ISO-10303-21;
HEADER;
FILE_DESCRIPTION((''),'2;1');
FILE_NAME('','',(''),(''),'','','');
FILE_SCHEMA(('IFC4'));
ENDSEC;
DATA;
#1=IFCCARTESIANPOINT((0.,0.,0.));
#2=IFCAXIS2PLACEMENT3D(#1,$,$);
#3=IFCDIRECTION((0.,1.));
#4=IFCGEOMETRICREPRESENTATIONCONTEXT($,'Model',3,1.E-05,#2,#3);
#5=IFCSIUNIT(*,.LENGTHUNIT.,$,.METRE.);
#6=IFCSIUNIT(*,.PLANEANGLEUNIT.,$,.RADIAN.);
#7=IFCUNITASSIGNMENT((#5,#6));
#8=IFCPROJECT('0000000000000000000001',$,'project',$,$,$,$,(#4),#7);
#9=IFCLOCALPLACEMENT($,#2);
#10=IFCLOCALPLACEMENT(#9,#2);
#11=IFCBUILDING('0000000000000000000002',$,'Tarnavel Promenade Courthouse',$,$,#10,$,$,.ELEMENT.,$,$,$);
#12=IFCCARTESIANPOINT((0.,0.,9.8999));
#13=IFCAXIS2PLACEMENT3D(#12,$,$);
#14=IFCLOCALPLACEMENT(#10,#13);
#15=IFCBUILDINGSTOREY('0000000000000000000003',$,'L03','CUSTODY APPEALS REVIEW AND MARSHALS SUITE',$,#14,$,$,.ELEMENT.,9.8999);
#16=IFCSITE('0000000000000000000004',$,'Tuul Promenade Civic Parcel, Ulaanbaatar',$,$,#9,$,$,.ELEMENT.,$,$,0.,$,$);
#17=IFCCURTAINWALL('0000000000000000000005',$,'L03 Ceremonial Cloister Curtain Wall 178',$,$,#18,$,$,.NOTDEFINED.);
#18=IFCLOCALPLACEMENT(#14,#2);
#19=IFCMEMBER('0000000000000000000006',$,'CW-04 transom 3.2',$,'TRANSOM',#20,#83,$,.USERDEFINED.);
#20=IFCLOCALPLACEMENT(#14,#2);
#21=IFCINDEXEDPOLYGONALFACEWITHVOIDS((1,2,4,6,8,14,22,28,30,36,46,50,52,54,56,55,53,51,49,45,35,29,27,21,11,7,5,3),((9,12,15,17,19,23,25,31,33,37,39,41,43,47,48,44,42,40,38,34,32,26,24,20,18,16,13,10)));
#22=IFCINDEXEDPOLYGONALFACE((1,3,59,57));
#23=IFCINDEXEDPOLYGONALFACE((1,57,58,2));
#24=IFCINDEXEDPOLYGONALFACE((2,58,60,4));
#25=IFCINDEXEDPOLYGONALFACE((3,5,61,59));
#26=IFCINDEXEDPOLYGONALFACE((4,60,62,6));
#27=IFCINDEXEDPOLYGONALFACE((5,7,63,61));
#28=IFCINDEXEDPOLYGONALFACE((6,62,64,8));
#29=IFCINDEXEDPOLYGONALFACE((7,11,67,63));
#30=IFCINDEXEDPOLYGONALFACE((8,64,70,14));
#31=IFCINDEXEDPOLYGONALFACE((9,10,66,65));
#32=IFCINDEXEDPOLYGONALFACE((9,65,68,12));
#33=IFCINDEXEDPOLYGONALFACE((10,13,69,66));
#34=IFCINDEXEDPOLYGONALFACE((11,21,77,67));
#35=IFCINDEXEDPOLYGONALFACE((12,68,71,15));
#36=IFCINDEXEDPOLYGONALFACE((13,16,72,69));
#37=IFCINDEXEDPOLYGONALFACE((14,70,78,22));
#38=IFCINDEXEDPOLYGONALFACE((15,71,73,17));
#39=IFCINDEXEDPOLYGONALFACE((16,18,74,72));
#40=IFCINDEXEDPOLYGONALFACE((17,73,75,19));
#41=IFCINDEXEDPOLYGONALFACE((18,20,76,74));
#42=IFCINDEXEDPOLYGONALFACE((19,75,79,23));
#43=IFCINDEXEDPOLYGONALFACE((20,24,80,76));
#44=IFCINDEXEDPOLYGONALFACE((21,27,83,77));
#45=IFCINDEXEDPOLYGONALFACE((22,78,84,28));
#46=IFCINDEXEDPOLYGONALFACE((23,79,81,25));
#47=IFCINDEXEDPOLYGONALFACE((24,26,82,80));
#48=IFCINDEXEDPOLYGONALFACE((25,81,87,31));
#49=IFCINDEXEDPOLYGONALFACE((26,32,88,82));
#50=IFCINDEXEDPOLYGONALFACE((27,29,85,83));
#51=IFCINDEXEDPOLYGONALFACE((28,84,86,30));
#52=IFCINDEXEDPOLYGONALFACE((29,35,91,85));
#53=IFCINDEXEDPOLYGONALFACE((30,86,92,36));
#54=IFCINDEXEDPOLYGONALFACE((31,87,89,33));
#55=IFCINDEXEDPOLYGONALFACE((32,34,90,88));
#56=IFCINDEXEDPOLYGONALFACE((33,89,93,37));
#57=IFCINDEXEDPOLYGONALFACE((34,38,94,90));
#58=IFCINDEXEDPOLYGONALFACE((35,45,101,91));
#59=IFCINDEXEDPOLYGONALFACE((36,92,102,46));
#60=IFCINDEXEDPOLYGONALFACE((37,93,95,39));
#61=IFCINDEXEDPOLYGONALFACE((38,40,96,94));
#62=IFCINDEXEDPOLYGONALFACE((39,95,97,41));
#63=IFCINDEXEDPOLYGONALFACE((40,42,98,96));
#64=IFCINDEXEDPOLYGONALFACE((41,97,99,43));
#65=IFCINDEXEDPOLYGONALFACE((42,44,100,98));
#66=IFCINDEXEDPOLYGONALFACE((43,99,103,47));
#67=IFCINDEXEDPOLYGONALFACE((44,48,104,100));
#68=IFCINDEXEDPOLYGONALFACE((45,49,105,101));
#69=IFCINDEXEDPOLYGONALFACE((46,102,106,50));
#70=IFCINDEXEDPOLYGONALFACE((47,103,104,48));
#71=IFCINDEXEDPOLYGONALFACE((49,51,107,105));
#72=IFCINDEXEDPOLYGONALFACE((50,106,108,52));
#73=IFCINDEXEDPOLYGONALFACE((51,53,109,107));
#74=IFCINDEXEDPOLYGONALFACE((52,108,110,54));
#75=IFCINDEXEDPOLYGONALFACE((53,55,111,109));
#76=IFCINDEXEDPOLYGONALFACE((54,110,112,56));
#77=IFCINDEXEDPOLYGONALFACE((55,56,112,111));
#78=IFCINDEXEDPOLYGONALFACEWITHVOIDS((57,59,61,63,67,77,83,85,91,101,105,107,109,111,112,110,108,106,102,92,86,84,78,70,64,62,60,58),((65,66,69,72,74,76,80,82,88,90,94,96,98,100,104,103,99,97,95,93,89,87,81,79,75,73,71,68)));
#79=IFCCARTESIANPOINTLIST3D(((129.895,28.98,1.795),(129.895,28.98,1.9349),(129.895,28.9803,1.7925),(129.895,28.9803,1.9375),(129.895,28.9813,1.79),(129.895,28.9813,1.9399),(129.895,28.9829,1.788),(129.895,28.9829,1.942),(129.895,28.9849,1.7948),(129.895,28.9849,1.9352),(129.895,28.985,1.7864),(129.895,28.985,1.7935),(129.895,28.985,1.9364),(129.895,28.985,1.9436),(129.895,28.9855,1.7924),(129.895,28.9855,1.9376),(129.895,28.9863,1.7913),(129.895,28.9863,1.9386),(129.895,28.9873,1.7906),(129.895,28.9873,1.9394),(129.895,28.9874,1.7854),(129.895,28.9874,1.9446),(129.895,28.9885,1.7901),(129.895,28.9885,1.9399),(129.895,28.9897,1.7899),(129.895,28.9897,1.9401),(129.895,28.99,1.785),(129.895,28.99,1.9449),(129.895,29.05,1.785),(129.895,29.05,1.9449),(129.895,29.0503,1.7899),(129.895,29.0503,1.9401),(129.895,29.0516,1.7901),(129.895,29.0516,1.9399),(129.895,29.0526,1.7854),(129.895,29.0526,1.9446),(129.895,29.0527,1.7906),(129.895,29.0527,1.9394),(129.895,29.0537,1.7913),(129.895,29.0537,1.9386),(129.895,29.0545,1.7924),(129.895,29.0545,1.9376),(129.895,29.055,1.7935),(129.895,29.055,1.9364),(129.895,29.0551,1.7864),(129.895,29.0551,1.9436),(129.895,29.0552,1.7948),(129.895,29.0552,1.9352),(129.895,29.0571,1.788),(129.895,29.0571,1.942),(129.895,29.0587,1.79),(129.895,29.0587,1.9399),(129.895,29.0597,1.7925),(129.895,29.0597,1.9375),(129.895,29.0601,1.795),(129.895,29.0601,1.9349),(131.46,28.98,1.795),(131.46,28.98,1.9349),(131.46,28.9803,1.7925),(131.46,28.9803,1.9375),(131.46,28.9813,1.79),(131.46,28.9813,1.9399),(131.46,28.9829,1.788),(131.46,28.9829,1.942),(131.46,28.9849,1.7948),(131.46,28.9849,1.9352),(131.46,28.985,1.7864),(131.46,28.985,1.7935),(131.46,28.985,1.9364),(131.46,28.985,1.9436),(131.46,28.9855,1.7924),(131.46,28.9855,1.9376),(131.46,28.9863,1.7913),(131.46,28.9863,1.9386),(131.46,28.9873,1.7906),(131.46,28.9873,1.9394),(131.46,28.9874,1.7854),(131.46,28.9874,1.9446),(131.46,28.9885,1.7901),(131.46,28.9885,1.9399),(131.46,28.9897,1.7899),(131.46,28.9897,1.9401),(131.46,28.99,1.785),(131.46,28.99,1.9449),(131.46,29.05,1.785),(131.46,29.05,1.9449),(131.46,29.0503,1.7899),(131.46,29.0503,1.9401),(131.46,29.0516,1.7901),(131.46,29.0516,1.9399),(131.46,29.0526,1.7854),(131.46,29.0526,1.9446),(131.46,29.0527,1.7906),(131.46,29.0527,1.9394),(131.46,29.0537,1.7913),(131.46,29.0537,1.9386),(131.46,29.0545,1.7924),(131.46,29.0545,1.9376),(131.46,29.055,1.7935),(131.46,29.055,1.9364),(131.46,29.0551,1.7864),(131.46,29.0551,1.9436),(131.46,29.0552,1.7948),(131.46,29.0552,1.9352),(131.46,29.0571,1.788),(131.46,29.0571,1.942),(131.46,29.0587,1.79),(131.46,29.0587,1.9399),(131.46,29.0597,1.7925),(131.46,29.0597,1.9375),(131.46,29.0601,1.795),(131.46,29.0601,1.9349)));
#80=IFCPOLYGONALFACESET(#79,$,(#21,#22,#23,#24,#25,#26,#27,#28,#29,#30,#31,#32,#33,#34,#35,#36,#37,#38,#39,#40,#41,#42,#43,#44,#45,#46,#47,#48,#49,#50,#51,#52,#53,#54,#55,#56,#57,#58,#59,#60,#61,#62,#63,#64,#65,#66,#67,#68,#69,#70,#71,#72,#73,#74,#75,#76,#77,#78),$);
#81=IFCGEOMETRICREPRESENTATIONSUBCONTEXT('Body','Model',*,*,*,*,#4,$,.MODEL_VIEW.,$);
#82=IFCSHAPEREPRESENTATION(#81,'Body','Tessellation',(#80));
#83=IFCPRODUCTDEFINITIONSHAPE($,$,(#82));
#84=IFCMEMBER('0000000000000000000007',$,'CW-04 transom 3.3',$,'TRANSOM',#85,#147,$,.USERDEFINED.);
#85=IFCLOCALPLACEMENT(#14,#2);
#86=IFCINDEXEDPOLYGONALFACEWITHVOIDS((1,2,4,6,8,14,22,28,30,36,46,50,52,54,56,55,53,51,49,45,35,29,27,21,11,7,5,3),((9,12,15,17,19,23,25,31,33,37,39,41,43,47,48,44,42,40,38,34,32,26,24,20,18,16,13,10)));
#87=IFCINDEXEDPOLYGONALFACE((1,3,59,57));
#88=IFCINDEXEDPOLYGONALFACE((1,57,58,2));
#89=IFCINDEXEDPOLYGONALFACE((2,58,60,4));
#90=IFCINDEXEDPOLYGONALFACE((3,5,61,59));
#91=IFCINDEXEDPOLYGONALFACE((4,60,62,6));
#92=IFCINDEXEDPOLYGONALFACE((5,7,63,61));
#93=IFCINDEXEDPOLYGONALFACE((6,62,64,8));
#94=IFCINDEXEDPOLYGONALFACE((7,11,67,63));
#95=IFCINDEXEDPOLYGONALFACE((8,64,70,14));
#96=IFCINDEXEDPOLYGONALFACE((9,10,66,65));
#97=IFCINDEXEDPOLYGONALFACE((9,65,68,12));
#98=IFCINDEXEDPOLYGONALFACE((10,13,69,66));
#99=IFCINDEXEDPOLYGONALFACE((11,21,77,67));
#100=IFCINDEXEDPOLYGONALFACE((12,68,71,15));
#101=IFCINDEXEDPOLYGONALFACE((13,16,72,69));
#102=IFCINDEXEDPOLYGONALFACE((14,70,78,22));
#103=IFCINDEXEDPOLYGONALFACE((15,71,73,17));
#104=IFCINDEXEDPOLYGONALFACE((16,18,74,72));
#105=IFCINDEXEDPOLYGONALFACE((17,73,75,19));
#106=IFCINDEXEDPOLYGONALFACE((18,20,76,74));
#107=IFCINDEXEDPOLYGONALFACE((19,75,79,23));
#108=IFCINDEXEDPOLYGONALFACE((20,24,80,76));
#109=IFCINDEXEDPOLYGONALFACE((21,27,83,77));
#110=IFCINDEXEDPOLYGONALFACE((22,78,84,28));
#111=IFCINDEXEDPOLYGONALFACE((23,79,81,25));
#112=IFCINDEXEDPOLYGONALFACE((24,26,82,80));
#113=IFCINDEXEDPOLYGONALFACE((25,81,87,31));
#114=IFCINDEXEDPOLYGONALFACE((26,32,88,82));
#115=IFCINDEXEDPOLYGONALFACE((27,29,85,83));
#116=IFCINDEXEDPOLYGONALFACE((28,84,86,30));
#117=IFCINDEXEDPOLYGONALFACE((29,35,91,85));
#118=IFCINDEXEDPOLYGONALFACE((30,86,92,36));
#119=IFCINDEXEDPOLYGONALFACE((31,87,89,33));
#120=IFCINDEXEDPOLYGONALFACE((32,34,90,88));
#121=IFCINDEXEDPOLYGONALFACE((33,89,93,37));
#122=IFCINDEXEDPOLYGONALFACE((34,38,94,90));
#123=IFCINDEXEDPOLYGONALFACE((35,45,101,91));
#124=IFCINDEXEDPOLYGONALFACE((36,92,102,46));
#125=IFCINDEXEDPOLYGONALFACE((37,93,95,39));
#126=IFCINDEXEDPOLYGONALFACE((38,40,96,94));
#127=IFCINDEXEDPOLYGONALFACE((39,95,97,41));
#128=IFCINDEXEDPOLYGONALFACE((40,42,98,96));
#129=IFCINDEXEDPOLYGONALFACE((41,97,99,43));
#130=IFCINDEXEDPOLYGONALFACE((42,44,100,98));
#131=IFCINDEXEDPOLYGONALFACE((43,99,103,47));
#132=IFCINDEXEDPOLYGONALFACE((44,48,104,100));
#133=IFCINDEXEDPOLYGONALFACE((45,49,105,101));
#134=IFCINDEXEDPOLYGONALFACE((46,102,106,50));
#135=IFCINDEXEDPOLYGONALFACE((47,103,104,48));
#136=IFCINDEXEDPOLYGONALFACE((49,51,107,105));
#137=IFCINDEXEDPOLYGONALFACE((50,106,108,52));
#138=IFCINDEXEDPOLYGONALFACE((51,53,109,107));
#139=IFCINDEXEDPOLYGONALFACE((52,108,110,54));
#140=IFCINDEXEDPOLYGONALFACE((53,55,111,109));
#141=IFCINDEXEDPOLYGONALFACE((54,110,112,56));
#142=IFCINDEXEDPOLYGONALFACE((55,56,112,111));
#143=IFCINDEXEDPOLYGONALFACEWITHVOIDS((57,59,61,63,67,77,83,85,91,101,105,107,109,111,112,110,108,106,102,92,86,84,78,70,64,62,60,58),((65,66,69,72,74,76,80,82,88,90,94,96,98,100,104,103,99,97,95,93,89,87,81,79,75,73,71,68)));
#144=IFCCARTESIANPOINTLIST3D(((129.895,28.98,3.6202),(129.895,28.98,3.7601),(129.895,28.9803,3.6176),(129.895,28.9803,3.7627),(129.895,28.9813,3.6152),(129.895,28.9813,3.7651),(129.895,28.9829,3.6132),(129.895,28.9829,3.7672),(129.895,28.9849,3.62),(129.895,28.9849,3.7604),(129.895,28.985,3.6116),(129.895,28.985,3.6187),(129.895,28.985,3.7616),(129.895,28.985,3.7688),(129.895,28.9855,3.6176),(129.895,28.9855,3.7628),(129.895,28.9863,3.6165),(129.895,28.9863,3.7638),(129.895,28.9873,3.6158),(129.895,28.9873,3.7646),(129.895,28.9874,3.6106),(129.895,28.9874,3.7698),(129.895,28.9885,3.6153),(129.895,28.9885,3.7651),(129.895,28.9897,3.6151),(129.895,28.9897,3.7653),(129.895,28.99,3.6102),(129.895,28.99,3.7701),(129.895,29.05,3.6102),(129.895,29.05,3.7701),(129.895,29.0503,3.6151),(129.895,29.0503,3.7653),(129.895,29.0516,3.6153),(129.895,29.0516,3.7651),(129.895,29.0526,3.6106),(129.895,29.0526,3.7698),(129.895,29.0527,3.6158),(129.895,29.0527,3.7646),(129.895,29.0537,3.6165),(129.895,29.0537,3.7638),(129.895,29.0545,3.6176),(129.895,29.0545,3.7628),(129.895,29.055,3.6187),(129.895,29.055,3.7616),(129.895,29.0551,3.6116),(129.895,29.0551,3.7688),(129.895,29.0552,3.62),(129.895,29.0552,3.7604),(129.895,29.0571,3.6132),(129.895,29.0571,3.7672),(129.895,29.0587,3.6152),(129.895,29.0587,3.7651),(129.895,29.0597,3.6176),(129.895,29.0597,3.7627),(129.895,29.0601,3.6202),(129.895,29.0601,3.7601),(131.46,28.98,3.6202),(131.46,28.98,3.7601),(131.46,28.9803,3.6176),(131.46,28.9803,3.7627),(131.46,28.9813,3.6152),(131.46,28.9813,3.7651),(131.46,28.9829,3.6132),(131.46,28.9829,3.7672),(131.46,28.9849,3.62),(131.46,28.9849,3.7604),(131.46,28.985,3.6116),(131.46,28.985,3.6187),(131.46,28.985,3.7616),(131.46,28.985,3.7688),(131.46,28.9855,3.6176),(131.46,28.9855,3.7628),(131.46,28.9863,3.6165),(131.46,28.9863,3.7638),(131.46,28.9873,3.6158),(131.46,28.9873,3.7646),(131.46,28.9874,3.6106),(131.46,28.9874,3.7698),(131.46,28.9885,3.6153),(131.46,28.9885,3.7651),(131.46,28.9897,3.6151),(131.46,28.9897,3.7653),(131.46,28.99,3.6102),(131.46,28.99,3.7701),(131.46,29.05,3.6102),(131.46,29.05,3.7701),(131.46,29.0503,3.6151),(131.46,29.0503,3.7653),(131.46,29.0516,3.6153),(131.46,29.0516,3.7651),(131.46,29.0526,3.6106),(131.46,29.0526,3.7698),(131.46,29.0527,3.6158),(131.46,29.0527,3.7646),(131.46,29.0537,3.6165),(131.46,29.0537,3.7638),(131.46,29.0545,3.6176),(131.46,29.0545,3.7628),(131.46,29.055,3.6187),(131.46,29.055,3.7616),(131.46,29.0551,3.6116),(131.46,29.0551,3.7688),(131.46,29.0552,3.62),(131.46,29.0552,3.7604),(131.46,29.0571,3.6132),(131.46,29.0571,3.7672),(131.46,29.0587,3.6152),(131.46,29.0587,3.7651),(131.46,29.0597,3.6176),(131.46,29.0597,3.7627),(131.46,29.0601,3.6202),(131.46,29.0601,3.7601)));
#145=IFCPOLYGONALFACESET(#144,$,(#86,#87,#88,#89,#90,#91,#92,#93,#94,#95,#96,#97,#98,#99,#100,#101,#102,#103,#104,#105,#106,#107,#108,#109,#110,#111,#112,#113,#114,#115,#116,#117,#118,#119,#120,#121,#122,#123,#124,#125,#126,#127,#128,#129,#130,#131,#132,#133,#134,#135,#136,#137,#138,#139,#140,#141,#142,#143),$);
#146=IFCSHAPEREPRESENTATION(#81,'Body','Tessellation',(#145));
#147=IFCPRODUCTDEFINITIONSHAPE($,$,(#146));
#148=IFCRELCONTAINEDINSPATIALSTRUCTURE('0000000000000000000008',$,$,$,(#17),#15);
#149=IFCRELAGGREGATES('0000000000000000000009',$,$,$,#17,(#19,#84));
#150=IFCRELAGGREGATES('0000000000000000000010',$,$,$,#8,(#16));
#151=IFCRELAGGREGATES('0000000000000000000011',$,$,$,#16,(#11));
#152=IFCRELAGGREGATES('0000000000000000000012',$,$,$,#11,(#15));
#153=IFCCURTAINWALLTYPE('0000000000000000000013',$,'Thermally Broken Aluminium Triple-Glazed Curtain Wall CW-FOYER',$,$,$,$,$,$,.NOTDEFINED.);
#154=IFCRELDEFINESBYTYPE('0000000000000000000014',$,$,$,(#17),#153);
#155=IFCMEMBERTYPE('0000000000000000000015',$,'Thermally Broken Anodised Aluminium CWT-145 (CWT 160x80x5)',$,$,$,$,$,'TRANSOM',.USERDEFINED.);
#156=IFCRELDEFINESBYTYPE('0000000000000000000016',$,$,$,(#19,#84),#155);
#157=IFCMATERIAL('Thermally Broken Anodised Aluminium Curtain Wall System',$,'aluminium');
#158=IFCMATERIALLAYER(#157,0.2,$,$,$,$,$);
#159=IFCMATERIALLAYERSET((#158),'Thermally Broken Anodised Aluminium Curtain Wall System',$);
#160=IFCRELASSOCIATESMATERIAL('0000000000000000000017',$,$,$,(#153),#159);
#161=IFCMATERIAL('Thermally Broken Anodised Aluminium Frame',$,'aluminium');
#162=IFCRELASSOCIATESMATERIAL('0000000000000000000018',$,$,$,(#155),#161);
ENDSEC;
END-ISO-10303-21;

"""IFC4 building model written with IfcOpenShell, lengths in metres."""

from ifc_helpers import new_model, si_unit, direction, frame, origin, origin_2d, place, context, subcontext, project, spatial, hollow_rectangle, extrude, material, layer, layer_set, material_profile, profile_set, type_object, element, aggregate, save


model = new_model("IFC4")

# Units and contexts
model_context = context("Model", 3, precision=1e-05, world=origin(), true_north=direction((0.0, 1.0)))
body_context = subcontext(model_context, "Body", "Model", "MODEL_VIEW")
ifc_project = project(units=[si_unit("LENGTHUNIT", "METRE"), si_unit("PLANEANGLEUNIT", "RADIAN")], contexts=[model_context])

# Site, building, storey
site_placement = place(None, origin())
site = spatial("IfcSite", under=ifc_project, at=site_placement, Name="Tuul Promenade Civic Parcel, Ulaanbaatar", CompositionType="ELEMENT", RefElevation=0.0)
building_placement = place(site_placement, origin())
building = spatial("IfcBuilding", under=site, at=building_placement, Name="Tarnavel Promenade Courthouse", CompositionType="ELEMENT")
storey_placement = place(building_placement, frame((0.0, 0.0, 9.8999)))
storey = spatial("IfcBuildingStorey", under=building, at=storey_placement, Name="L03", Description="CUSTODY APPEALS REVIEW AND MARSHALS SUITE", CompositionType="ELEMENT", Elevation=9.8999)

# Curtain wall
ifc_material_1 = material(Name="Thermally Broken Anodised Aluminium Curtain Wall System", Category="aluminium")
ifc_layer_1 = layer(ifc_material_1, 0.2)
ifc_layer_set_1 = layer_set([ifc_layer_1], Name="Thermally Broken Anodised Aluminium Curtain Wall System")
curtain_wall_type = type_object("IfcCurtainWallType", Name="Thermally Broken Aluminium Triple-Glazed Curtain Wall CW-FOYER", PredefinedType="NOTDEFINED", material=ifc_layer_set_1)
curtain_wall_1_placement = place(storey_placement, origin())
curtain_wall_1 = element("IfcCurtainWall", 1, at=curtain_wall_1_placement, inside=storey, type_object=curtain_wall_type, Name="L03 Ceremonial Cloister Curtain Wall 178", PredefinedType="NOTDEFINED")
ifc_material_2 = material(Name="Thermally Broken Anodised Aluminium Frame", Category="aluminium")

# Members
ifc_material_profile_1 = material_profile(ifc_material_2, hollow_rectangle(XDim=0.0801, YDim=0.1599, WallThickness=0.0049, InnerFilletRadius=0.0049, OuterFilletRadius=0.01, at=origin_2d()), Name="CWT 160x80x5")
ifc_profile_set_1 = profile_set([ifc_material_profile_1], Name="Thermally Broken Anodised Aluminium Frame")
member_type_1 = type_object("IfcMemberType", Name="Thermally Broken Anodised Aluminium CWT-145 (CWT 160x80x5)", ElementType="TRANSOM", PredefinedType="USERDEFINED", material=ifc_profile_set_1)
member_1_placement = place(storey_placement, frame((129.895, 29.02, 1.865), z_axis=(1.0, 0.0, 0.0), x_axis=(0.0, 1.0, 0.0)))
member_1 = element("IfcMember", 2, at=member_1_placement, type_object=member_type_1, Name="CW-04 transom 3.2", ObjectType="TRANSOM", PredefinedType="USERDEFINED", context=body_context, shape_type="SweptSolid", body=[
    extrude(hollow_rectangle(XDim=0.0801, YDim=0.1599, WallThickness=0.0049, InnerFilletRadius=0.0049, OuterFilletRadius=0.01, at=origin_2d()), origin(), (0.0, 0.0, 1.0), 1.5649),
])
member_2_placement = place(storey_placement, frame((129.895, 29.02, 3.6902), z_axis=(1.0, 0.0, 0.0), x_axis=(0.0, 1.0, 0.0)))
member_2 = element("IfcMember", 3, at=member_2_placement, type_object=member_type_1, Name="CW-04 transom 3.3", ObjectType="TRANSOM", PredefinedType="USERDEFINED", context=body_context, shape_type="SweptSolid", body=[
    extrude(hollow_rectangle(XDim=0.0801, YDim=0.1599, WallThickness=0.0049, InnerFilletRadius=0.0049, OuterFilletRadius=0.01, at=origin_2d()), origin(), (0.0, 0.0, 1.0), 1.5649),
])

aggregate(curtain_wall_1, [member_1, member_2])

save(model, "model.ifc")
